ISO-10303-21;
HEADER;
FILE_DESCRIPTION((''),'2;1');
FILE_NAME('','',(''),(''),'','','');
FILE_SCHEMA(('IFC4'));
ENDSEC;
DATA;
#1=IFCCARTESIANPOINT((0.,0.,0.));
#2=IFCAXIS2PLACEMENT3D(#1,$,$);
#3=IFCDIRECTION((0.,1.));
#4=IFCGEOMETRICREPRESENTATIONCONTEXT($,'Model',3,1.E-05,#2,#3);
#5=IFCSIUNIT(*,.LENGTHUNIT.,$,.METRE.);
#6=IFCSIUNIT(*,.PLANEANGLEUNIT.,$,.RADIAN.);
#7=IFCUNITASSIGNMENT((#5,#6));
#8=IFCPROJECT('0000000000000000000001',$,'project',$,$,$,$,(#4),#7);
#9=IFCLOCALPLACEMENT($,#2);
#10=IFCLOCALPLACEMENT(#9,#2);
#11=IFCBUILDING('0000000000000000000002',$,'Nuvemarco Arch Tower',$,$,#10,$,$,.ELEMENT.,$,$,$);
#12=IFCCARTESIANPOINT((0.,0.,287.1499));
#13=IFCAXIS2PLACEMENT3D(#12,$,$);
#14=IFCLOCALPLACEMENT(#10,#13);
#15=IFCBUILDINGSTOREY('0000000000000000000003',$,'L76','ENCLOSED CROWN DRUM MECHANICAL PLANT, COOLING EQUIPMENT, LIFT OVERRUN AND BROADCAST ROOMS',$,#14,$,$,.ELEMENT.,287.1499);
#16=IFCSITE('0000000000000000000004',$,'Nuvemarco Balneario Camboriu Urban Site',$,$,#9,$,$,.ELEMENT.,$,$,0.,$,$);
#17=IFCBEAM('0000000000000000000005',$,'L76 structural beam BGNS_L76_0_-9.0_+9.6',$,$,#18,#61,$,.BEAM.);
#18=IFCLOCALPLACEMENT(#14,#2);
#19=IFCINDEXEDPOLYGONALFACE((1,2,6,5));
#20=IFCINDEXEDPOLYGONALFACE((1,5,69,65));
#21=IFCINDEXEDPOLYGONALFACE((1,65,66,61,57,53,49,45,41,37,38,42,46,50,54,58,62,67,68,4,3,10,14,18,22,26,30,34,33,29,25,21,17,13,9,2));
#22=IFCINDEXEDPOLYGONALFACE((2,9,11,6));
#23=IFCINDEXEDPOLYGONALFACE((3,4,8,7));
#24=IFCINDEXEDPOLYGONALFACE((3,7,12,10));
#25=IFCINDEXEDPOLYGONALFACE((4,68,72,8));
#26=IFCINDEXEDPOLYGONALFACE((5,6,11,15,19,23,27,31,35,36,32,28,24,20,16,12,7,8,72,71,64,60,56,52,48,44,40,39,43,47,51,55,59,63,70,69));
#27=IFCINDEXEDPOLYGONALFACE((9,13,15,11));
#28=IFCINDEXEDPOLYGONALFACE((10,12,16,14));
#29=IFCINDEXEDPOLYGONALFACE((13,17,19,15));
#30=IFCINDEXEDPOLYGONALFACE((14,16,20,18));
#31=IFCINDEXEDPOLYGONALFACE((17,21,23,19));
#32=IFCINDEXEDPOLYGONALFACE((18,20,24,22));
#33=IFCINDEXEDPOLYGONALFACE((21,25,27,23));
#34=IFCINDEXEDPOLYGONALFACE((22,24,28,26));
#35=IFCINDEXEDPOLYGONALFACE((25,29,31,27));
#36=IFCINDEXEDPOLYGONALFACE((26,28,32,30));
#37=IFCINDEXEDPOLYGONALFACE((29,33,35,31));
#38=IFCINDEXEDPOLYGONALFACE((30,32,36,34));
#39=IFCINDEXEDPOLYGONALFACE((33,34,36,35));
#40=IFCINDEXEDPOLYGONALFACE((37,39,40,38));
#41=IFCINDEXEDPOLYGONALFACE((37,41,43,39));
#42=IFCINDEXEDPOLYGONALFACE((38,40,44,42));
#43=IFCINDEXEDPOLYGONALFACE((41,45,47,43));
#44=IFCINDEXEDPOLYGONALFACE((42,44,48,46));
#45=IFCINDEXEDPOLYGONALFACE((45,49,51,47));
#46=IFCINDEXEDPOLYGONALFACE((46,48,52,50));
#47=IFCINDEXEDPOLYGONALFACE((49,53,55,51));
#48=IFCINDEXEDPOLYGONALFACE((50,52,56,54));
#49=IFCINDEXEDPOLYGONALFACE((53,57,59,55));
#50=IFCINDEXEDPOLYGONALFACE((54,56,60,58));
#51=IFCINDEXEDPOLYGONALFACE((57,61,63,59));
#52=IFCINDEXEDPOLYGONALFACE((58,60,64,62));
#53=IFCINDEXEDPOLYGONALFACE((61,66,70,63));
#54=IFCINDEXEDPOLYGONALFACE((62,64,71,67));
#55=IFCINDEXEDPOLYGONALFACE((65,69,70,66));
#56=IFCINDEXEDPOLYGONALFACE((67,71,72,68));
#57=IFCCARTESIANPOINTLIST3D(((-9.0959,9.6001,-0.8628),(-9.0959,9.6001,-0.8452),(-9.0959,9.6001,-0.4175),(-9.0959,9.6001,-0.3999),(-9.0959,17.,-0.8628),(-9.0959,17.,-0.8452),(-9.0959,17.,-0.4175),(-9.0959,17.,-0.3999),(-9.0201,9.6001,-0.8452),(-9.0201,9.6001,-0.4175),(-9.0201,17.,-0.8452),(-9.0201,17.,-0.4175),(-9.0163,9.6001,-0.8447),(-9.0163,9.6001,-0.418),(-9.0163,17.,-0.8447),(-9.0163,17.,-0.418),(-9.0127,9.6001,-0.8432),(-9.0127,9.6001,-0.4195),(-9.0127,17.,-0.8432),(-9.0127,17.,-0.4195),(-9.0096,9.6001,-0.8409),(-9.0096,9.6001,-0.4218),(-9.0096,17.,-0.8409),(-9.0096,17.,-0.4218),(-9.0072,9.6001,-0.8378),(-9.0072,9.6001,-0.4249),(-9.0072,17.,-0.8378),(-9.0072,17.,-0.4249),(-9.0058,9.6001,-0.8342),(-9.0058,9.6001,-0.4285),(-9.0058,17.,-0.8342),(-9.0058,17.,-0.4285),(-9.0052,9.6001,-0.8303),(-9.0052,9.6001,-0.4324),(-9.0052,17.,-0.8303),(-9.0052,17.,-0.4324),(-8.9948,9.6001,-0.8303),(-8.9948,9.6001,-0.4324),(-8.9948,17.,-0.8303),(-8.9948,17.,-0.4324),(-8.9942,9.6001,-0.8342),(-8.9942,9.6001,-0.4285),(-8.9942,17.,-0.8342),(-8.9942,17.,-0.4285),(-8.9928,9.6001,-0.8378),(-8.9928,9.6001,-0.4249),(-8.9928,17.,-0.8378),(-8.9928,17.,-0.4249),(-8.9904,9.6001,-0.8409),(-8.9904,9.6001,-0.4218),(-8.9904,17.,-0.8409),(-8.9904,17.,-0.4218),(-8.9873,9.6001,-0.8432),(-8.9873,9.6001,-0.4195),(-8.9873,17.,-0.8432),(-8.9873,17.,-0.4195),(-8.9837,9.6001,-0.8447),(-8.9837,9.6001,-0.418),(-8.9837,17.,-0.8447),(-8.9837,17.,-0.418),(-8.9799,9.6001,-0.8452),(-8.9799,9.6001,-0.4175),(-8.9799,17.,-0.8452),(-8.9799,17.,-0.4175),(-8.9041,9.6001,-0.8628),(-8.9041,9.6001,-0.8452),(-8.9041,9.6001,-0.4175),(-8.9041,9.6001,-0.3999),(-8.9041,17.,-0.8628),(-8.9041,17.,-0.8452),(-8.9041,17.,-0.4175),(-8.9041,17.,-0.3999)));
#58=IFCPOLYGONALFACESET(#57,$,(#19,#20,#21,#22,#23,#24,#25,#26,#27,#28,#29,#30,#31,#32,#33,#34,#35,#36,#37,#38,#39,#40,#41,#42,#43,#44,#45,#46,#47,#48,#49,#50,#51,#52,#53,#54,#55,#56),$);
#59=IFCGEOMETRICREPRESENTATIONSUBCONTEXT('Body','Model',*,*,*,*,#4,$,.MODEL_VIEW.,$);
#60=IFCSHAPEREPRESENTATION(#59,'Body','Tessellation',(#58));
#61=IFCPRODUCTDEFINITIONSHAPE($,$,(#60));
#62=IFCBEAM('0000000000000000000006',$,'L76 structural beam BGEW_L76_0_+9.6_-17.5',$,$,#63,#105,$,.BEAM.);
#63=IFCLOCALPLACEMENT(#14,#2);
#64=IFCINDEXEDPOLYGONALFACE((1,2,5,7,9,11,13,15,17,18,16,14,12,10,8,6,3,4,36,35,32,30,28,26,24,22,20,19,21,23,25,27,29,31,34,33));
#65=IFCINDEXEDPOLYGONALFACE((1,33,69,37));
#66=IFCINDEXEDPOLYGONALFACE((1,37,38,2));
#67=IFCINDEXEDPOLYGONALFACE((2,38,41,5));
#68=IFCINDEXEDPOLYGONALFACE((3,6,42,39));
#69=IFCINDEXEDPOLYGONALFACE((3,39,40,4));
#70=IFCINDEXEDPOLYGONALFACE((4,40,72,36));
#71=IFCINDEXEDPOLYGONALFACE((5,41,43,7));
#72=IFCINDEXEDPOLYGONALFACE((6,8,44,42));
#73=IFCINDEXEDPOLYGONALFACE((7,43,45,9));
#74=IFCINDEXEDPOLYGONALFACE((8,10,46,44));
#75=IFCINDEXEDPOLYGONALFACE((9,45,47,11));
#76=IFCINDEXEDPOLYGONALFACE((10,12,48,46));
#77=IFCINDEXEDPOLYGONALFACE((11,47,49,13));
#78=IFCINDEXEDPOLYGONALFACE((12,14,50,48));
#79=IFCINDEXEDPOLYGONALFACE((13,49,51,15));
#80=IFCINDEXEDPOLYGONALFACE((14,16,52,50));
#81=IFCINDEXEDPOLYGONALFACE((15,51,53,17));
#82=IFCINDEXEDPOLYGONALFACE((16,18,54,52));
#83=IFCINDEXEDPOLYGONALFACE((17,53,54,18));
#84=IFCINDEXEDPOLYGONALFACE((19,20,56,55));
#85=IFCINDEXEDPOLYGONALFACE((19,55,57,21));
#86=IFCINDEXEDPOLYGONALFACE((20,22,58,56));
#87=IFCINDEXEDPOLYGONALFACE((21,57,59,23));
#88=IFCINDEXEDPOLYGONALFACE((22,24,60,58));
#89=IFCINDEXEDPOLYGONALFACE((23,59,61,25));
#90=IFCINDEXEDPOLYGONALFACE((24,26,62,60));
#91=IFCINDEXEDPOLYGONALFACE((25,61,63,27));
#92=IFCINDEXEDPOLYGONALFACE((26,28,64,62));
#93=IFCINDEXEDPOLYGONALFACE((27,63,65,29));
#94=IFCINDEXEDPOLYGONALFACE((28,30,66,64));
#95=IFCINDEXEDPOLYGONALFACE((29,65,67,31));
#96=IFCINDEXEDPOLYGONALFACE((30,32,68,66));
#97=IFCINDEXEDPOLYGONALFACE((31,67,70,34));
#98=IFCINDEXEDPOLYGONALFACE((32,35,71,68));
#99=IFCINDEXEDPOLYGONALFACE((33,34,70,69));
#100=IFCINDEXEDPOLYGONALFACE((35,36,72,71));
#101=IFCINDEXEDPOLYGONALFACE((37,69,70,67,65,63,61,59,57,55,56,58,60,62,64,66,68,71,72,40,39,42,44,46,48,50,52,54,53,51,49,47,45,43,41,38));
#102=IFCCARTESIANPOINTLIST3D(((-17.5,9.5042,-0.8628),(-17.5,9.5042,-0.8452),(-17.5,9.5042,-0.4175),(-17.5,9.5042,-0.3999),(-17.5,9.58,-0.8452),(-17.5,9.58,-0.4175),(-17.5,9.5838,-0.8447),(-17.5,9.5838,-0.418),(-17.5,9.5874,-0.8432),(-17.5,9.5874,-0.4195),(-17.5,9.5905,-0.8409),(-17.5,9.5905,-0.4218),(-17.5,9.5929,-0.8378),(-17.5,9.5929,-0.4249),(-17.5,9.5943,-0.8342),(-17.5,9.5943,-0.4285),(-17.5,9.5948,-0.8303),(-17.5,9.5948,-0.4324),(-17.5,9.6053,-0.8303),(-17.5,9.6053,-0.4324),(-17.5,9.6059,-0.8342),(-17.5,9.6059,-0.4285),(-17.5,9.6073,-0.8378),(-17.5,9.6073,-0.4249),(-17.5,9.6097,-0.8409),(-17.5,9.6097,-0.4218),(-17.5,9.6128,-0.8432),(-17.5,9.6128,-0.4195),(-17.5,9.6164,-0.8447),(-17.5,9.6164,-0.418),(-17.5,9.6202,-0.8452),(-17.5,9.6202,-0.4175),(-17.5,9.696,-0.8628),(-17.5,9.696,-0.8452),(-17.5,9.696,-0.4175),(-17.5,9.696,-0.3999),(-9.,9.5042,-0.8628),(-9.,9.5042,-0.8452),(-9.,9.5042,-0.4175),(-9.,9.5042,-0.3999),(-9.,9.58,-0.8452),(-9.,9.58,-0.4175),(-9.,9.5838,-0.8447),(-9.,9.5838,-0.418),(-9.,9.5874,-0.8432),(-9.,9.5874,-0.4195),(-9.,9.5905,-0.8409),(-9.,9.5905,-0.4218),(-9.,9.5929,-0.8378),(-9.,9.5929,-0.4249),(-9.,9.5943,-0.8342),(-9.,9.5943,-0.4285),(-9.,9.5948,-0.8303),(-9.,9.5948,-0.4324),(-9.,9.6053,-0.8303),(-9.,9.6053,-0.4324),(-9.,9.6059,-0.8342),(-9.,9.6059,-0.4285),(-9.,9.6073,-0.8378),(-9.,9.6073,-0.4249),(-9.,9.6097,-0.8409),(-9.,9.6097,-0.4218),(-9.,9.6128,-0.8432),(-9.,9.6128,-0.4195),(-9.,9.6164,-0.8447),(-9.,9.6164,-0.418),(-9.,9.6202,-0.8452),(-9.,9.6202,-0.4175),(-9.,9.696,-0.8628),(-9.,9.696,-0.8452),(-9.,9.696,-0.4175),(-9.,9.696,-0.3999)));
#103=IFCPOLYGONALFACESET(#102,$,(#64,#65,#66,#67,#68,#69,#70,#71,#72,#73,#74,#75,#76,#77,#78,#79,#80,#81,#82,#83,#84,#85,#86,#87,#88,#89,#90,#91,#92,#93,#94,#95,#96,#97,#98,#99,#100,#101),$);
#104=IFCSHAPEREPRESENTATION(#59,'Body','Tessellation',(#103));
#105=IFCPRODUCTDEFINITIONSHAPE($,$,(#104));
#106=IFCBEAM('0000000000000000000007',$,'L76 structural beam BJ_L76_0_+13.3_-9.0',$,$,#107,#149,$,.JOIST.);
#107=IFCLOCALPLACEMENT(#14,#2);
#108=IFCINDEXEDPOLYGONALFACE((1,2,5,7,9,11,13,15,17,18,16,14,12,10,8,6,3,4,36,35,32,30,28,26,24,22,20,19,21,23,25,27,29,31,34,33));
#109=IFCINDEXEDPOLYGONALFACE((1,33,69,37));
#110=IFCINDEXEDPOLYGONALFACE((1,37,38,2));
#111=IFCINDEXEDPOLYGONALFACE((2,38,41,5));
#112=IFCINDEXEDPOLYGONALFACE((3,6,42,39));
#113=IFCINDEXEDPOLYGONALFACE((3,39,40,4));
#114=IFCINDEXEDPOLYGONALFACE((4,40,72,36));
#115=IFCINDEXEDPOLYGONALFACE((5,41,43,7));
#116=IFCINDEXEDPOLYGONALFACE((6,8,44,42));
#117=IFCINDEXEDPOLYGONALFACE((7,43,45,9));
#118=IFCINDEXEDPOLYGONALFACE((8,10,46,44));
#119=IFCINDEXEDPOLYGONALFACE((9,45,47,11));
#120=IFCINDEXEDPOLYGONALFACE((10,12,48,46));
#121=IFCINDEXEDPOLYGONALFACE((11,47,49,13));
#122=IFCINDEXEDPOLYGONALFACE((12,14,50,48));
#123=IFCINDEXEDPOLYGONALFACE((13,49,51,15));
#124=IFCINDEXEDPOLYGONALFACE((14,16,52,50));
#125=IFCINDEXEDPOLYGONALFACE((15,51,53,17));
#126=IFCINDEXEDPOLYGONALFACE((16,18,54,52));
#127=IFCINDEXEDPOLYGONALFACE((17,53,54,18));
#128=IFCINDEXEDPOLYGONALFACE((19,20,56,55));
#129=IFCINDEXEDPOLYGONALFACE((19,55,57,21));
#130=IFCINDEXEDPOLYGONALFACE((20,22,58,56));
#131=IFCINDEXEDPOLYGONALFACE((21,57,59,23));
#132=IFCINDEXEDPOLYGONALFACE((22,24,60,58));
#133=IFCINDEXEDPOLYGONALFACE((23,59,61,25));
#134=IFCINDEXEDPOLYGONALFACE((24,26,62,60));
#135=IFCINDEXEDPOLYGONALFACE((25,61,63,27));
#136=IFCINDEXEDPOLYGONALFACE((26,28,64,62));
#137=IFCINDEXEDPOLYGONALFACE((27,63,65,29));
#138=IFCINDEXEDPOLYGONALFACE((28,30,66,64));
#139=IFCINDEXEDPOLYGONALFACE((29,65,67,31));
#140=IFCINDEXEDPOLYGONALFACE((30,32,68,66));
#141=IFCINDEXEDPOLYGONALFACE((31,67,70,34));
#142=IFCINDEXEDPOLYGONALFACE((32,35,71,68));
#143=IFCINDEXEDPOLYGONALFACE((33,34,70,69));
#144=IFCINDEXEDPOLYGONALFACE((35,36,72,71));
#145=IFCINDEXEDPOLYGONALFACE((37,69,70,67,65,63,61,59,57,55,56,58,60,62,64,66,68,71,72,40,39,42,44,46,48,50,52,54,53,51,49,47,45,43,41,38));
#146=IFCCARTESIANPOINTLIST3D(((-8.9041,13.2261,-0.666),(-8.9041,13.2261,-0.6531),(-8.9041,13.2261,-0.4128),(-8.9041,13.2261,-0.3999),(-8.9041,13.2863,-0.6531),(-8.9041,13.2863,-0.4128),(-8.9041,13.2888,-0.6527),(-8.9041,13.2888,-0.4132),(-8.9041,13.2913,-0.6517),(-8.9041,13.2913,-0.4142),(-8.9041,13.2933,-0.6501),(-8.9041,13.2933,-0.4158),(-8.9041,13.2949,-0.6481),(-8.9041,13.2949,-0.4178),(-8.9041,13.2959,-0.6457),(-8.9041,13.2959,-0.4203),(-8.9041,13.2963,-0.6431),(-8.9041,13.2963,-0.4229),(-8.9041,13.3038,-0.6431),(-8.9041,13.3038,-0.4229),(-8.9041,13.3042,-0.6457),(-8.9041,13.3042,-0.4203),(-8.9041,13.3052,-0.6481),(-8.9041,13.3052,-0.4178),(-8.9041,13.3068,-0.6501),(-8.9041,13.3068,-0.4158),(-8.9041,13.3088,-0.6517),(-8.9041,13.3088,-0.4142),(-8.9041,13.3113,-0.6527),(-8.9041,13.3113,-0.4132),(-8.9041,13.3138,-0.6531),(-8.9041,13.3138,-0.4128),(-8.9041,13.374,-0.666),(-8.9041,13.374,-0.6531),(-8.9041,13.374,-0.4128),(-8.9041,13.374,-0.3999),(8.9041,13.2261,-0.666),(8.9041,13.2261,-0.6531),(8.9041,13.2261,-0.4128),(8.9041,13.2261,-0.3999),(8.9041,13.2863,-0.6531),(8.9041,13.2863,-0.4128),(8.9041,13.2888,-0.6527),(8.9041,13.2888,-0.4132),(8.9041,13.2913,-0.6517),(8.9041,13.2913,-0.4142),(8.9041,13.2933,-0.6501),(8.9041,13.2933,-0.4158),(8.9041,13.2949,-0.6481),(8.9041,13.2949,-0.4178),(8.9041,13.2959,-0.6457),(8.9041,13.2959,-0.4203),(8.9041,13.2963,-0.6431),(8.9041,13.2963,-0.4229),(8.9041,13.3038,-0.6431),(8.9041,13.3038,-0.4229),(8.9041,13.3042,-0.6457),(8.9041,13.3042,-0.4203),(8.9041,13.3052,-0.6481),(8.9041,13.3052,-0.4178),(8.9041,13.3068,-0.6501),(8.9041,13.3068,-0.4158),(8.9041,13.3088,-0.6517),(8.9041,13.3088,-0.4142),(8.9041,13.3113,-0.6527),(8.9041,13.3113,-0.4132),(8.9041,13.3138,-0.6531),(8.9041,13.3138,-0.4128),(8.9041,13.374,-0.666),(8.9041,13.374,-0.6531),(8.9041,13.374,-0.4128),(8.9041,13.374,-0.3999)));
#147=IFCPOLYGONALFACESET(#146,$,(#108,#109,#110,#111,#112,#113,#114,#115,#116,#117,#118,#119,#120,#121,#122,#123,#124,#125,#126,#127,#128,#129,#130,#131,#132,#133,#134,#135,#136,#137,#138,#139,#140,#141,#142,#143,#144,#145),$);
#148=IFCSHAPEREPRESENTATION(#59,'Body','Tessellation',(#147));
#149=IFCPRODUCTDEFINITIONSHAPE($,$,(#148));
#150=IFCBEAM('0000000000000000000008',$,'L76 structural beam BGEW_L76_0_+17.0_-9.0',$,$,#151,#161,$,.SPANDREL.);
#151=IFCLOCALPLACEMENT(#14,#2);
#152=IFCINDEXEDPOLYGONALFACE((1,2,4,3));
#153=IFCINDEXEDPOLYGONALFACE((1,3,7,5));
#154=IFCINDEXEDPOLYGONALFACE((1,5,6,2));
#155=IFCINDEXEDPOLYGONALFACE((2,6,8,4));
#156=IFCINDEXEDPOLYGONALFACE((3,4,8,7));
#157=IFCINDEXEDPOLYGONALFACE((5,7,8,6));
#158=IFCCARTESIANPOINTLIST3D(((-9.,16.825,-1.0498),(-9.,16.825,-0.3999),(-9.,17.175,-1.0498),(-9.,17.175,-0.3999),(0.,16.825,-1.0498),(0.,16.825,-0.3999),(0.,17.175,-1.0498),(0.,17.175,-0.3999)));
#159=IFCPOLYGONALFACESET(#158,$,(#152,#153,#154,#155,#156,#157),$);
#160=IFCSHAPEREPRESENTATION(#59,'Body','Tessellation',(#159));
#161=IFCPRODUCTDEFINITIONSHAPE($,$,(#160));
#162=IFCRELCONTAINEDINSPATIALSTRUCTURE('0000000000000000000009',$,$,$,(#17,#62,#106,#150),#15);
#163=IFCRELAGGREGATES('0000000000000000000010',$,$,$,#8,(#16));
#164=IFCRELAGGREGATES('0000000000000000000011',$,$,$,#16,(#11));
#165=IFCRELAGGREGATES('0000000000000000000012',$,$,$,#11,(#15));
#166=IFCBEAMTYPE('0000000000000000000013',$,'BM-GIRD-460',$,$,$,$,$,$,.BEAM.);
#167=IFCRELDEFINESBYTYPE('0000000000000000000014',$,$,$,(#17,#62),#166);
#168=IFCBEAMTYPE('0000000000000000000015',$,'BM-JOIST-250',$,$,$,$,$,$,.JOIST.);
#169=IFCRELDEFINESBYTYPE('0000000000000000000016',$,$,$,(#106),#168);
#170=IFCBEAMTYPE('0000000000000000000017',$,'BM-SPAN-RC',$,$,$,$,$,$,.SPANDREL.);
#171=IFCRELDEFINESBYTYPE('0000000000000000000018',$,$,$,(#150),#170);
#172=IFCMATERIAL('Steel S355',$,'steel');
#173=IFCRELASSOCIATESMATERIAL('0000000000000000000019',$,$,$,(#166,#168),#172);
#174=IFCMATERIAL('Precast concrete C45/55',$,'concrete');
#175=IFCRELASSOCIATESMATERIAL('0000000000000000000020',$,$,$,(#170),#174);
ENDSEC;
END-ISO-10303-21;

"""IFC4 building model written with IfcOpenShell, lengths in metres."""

from ifc_helpers import new_model, si_unit, direction, frame, origin, origin_2d, place, context, subcontext, project, spatial, rectangle, i_section, extrude, material, material_profile, profile_set, type_object, element, save


model = new_model("IFC4")

# Units and contexts
model_context = context("Model", 3, precision=1e-05, world=origin(), true_north=direction((0.0, 1.0)))
body_context = subcontext(model_context, "Body", "Model", "MODEL_VIEW")
ifc_project = project(units=[si_unit("LENGTHUNIT", "METRE"), si_unit("PLANEANGLEUNIT", "RADIAN")], contexts=[model_context])

# Site, building, storey
site_placement = place(None, origin())
site = spatial("IfcSite", under=ifc_project, at=site_placement, Name="Nuvemarco Balneario Camboriu Urban Site", CompositionType="ELEMENT", RefElevation=0.0)
building_placement = place(site_placement, origin())
building = spatial("IfcBuilding", under=site, at=building_placement, Name="Nuvemarco Arch Tower", CompositionType="ELEMENT")
storey_placement = place(building_placement, frame((0.0, 0.0, 287.1499)))
storey = spatial("IfcBuildingStorey", under=building, at=storey_placement, Name="L76", Description="ENCLOSED CROWN DRUM MECHANICAL PLANT, COOLING EQUIPMENT, LIFT OVERRUN AND BROADCAST ROOMS", CompositionType="ELEMENT", Elevation=287.1499)

# Shared definitions
ifc_material_1 = material(Name="Steel S355", Category="steel")

# Beams
ifc_material_profile_1 = material_profile(ifc_material_1, i_section(OverallWidth=0.1919, OverallDepth=0.4629, WebThickness=0.0105, FlangeThickness=0.0176, FilletRadius=0.0149, at=origin_2d()), Name="W460x89")
ifc_profile_set_1 = profile_set([ifc_material_profile_1], Name="Steel S355")
beam_type_1 = type_object("IfcBeamType", Name="BM-GIRD-460", PredefinedType="BEAM", material=ifc_profile_set_1)
beam_1_placement = place(storey_placement, frame((-9.0, 9.6001, -0.6313), z_axis=(0.0, 1.0, 0.0), x_axis=(-1.0, 0.0, 0.0)))
element("IfcBeam", 1, at=beam_1_placement, inside=storey, type_object=beam_type_1, Name="L76 structural beam BGNS_L76_0_-9.0_+9.6", PredefinedType="BEAM", context=body_context, shape_type="SweptSolid", body=[
    extrude(i_section(OverallWidth=0.1919, OverallDepth=0.4629, WebThickness=0.0105, FlangeThickness=0.0176, FilletRadius=0.0149, at=origin_2d()), origin(), (0.0, 0.0, 1.0), 7.3999),
])
beam_2_placement = place(storey_placement, frame((-17.5, 9.6001, -0.6313), z_axis=(1.0, 0.0, 0.0), x_axis=(0.0, 1.0, 0.0)))
element("IfcBeam", 2, at=beam_2_placement, inside=storey, type_object=beam_type_1, Name="L76 structural beam BGEW_L76_0_+9.6_-17.5", PredefinedType="BEAM", context=body_context, shape_type="SweptSolid", body=[
    extrude(i_section(OverallWidth=0.1919, OverallDepth=0.4629, WebThickness=0.0105, FlangeThickness=0.0176, FilletRadius=0.0149, at=origin_2d()), origin(), (0.0, 0.0, 1.0), 8.5),
])
ifc_material_profile_2 = material_profile(ifc_material_1, i_section(OverallWidth=0.1479, OverallDepth=0.2661, WebThickness=0.0076, FlangeThickness=0.0129, FilletRadius=0.01, at=origin_2d()), Name="W250x44.8")
ifc_profile_set_2 = profile_set([ifc_material_profile_2], Name="Steel S355")
beam_type_2 = type_object("IfcBeamType", Name="BM-JOIST-250", PredefinedType="JOIST", material=ifc_profile_set_2)
beam_3_placement = place(storey_placement, frame((-8.9041, 13.3, -0.533), z_axis=(1.0, 0.0, 0.0), x_axis=(0.0, 1.0, 0.0)))
element("IfcBeam", 3, at=beam_3_placement, inside=storey, type_object=beam_type_2, Name="L76 structural beam BJ_L76_0_+13.3_-9.0", PredefinedType="JOIST", context=body_context, shape_type="SweptSolid", body=[
    extrude(i_section(OverallWidth=0.1479, OverallDepth=0.2661, WebThickness=0.0076, FlangeThickness=0.0129, FilletRadius=0.01, at=origin_2d()), origin(), (0.0, 0.0, 1.0), 17.8081),
])
ifc_material_2 = material(Name="Precast concrete C45/55", Category="concrete")
ifc_material_profile_3 = material_profile(ifc_material_2, rectangle(XDim=0.3501, YDim=0.6499, at=origin_2d()), Name="PC-SP-350x650")
ifc_profile_set_3 = profile_set([ifc_material_profile_3], Name="Precast concrete C45/55")
beam_type_3 = type_object("IfcBeamType", Name="BM-SPAN-RC", PredefinedType="SPANDREL", material=ifc_profile_set_3)
beam_4_placement = place(storey_placement, frame((-9.0, 17.0, -0.7249), z_axis=(1.0, 0.0, 0.0), x_axis=(0.0, 1.0, 0.0)))
element("IfcBeam", 4, at=beam_4_placement, inside=storey, type_object=beam_type_3, Name="L76 structural beam BGEW_L76_0_+17.0_-9.0", PredefinedType="SPANDREL", context=body_context, shape_type="SweptSolid", body=[
    extrude(rectangle(XDim=0.3501, YDim=0.6499, at=origin_2d()), origin(), (0.0, 0.0, 1.0), 9.0),
])

save(model, "model.ifc")
